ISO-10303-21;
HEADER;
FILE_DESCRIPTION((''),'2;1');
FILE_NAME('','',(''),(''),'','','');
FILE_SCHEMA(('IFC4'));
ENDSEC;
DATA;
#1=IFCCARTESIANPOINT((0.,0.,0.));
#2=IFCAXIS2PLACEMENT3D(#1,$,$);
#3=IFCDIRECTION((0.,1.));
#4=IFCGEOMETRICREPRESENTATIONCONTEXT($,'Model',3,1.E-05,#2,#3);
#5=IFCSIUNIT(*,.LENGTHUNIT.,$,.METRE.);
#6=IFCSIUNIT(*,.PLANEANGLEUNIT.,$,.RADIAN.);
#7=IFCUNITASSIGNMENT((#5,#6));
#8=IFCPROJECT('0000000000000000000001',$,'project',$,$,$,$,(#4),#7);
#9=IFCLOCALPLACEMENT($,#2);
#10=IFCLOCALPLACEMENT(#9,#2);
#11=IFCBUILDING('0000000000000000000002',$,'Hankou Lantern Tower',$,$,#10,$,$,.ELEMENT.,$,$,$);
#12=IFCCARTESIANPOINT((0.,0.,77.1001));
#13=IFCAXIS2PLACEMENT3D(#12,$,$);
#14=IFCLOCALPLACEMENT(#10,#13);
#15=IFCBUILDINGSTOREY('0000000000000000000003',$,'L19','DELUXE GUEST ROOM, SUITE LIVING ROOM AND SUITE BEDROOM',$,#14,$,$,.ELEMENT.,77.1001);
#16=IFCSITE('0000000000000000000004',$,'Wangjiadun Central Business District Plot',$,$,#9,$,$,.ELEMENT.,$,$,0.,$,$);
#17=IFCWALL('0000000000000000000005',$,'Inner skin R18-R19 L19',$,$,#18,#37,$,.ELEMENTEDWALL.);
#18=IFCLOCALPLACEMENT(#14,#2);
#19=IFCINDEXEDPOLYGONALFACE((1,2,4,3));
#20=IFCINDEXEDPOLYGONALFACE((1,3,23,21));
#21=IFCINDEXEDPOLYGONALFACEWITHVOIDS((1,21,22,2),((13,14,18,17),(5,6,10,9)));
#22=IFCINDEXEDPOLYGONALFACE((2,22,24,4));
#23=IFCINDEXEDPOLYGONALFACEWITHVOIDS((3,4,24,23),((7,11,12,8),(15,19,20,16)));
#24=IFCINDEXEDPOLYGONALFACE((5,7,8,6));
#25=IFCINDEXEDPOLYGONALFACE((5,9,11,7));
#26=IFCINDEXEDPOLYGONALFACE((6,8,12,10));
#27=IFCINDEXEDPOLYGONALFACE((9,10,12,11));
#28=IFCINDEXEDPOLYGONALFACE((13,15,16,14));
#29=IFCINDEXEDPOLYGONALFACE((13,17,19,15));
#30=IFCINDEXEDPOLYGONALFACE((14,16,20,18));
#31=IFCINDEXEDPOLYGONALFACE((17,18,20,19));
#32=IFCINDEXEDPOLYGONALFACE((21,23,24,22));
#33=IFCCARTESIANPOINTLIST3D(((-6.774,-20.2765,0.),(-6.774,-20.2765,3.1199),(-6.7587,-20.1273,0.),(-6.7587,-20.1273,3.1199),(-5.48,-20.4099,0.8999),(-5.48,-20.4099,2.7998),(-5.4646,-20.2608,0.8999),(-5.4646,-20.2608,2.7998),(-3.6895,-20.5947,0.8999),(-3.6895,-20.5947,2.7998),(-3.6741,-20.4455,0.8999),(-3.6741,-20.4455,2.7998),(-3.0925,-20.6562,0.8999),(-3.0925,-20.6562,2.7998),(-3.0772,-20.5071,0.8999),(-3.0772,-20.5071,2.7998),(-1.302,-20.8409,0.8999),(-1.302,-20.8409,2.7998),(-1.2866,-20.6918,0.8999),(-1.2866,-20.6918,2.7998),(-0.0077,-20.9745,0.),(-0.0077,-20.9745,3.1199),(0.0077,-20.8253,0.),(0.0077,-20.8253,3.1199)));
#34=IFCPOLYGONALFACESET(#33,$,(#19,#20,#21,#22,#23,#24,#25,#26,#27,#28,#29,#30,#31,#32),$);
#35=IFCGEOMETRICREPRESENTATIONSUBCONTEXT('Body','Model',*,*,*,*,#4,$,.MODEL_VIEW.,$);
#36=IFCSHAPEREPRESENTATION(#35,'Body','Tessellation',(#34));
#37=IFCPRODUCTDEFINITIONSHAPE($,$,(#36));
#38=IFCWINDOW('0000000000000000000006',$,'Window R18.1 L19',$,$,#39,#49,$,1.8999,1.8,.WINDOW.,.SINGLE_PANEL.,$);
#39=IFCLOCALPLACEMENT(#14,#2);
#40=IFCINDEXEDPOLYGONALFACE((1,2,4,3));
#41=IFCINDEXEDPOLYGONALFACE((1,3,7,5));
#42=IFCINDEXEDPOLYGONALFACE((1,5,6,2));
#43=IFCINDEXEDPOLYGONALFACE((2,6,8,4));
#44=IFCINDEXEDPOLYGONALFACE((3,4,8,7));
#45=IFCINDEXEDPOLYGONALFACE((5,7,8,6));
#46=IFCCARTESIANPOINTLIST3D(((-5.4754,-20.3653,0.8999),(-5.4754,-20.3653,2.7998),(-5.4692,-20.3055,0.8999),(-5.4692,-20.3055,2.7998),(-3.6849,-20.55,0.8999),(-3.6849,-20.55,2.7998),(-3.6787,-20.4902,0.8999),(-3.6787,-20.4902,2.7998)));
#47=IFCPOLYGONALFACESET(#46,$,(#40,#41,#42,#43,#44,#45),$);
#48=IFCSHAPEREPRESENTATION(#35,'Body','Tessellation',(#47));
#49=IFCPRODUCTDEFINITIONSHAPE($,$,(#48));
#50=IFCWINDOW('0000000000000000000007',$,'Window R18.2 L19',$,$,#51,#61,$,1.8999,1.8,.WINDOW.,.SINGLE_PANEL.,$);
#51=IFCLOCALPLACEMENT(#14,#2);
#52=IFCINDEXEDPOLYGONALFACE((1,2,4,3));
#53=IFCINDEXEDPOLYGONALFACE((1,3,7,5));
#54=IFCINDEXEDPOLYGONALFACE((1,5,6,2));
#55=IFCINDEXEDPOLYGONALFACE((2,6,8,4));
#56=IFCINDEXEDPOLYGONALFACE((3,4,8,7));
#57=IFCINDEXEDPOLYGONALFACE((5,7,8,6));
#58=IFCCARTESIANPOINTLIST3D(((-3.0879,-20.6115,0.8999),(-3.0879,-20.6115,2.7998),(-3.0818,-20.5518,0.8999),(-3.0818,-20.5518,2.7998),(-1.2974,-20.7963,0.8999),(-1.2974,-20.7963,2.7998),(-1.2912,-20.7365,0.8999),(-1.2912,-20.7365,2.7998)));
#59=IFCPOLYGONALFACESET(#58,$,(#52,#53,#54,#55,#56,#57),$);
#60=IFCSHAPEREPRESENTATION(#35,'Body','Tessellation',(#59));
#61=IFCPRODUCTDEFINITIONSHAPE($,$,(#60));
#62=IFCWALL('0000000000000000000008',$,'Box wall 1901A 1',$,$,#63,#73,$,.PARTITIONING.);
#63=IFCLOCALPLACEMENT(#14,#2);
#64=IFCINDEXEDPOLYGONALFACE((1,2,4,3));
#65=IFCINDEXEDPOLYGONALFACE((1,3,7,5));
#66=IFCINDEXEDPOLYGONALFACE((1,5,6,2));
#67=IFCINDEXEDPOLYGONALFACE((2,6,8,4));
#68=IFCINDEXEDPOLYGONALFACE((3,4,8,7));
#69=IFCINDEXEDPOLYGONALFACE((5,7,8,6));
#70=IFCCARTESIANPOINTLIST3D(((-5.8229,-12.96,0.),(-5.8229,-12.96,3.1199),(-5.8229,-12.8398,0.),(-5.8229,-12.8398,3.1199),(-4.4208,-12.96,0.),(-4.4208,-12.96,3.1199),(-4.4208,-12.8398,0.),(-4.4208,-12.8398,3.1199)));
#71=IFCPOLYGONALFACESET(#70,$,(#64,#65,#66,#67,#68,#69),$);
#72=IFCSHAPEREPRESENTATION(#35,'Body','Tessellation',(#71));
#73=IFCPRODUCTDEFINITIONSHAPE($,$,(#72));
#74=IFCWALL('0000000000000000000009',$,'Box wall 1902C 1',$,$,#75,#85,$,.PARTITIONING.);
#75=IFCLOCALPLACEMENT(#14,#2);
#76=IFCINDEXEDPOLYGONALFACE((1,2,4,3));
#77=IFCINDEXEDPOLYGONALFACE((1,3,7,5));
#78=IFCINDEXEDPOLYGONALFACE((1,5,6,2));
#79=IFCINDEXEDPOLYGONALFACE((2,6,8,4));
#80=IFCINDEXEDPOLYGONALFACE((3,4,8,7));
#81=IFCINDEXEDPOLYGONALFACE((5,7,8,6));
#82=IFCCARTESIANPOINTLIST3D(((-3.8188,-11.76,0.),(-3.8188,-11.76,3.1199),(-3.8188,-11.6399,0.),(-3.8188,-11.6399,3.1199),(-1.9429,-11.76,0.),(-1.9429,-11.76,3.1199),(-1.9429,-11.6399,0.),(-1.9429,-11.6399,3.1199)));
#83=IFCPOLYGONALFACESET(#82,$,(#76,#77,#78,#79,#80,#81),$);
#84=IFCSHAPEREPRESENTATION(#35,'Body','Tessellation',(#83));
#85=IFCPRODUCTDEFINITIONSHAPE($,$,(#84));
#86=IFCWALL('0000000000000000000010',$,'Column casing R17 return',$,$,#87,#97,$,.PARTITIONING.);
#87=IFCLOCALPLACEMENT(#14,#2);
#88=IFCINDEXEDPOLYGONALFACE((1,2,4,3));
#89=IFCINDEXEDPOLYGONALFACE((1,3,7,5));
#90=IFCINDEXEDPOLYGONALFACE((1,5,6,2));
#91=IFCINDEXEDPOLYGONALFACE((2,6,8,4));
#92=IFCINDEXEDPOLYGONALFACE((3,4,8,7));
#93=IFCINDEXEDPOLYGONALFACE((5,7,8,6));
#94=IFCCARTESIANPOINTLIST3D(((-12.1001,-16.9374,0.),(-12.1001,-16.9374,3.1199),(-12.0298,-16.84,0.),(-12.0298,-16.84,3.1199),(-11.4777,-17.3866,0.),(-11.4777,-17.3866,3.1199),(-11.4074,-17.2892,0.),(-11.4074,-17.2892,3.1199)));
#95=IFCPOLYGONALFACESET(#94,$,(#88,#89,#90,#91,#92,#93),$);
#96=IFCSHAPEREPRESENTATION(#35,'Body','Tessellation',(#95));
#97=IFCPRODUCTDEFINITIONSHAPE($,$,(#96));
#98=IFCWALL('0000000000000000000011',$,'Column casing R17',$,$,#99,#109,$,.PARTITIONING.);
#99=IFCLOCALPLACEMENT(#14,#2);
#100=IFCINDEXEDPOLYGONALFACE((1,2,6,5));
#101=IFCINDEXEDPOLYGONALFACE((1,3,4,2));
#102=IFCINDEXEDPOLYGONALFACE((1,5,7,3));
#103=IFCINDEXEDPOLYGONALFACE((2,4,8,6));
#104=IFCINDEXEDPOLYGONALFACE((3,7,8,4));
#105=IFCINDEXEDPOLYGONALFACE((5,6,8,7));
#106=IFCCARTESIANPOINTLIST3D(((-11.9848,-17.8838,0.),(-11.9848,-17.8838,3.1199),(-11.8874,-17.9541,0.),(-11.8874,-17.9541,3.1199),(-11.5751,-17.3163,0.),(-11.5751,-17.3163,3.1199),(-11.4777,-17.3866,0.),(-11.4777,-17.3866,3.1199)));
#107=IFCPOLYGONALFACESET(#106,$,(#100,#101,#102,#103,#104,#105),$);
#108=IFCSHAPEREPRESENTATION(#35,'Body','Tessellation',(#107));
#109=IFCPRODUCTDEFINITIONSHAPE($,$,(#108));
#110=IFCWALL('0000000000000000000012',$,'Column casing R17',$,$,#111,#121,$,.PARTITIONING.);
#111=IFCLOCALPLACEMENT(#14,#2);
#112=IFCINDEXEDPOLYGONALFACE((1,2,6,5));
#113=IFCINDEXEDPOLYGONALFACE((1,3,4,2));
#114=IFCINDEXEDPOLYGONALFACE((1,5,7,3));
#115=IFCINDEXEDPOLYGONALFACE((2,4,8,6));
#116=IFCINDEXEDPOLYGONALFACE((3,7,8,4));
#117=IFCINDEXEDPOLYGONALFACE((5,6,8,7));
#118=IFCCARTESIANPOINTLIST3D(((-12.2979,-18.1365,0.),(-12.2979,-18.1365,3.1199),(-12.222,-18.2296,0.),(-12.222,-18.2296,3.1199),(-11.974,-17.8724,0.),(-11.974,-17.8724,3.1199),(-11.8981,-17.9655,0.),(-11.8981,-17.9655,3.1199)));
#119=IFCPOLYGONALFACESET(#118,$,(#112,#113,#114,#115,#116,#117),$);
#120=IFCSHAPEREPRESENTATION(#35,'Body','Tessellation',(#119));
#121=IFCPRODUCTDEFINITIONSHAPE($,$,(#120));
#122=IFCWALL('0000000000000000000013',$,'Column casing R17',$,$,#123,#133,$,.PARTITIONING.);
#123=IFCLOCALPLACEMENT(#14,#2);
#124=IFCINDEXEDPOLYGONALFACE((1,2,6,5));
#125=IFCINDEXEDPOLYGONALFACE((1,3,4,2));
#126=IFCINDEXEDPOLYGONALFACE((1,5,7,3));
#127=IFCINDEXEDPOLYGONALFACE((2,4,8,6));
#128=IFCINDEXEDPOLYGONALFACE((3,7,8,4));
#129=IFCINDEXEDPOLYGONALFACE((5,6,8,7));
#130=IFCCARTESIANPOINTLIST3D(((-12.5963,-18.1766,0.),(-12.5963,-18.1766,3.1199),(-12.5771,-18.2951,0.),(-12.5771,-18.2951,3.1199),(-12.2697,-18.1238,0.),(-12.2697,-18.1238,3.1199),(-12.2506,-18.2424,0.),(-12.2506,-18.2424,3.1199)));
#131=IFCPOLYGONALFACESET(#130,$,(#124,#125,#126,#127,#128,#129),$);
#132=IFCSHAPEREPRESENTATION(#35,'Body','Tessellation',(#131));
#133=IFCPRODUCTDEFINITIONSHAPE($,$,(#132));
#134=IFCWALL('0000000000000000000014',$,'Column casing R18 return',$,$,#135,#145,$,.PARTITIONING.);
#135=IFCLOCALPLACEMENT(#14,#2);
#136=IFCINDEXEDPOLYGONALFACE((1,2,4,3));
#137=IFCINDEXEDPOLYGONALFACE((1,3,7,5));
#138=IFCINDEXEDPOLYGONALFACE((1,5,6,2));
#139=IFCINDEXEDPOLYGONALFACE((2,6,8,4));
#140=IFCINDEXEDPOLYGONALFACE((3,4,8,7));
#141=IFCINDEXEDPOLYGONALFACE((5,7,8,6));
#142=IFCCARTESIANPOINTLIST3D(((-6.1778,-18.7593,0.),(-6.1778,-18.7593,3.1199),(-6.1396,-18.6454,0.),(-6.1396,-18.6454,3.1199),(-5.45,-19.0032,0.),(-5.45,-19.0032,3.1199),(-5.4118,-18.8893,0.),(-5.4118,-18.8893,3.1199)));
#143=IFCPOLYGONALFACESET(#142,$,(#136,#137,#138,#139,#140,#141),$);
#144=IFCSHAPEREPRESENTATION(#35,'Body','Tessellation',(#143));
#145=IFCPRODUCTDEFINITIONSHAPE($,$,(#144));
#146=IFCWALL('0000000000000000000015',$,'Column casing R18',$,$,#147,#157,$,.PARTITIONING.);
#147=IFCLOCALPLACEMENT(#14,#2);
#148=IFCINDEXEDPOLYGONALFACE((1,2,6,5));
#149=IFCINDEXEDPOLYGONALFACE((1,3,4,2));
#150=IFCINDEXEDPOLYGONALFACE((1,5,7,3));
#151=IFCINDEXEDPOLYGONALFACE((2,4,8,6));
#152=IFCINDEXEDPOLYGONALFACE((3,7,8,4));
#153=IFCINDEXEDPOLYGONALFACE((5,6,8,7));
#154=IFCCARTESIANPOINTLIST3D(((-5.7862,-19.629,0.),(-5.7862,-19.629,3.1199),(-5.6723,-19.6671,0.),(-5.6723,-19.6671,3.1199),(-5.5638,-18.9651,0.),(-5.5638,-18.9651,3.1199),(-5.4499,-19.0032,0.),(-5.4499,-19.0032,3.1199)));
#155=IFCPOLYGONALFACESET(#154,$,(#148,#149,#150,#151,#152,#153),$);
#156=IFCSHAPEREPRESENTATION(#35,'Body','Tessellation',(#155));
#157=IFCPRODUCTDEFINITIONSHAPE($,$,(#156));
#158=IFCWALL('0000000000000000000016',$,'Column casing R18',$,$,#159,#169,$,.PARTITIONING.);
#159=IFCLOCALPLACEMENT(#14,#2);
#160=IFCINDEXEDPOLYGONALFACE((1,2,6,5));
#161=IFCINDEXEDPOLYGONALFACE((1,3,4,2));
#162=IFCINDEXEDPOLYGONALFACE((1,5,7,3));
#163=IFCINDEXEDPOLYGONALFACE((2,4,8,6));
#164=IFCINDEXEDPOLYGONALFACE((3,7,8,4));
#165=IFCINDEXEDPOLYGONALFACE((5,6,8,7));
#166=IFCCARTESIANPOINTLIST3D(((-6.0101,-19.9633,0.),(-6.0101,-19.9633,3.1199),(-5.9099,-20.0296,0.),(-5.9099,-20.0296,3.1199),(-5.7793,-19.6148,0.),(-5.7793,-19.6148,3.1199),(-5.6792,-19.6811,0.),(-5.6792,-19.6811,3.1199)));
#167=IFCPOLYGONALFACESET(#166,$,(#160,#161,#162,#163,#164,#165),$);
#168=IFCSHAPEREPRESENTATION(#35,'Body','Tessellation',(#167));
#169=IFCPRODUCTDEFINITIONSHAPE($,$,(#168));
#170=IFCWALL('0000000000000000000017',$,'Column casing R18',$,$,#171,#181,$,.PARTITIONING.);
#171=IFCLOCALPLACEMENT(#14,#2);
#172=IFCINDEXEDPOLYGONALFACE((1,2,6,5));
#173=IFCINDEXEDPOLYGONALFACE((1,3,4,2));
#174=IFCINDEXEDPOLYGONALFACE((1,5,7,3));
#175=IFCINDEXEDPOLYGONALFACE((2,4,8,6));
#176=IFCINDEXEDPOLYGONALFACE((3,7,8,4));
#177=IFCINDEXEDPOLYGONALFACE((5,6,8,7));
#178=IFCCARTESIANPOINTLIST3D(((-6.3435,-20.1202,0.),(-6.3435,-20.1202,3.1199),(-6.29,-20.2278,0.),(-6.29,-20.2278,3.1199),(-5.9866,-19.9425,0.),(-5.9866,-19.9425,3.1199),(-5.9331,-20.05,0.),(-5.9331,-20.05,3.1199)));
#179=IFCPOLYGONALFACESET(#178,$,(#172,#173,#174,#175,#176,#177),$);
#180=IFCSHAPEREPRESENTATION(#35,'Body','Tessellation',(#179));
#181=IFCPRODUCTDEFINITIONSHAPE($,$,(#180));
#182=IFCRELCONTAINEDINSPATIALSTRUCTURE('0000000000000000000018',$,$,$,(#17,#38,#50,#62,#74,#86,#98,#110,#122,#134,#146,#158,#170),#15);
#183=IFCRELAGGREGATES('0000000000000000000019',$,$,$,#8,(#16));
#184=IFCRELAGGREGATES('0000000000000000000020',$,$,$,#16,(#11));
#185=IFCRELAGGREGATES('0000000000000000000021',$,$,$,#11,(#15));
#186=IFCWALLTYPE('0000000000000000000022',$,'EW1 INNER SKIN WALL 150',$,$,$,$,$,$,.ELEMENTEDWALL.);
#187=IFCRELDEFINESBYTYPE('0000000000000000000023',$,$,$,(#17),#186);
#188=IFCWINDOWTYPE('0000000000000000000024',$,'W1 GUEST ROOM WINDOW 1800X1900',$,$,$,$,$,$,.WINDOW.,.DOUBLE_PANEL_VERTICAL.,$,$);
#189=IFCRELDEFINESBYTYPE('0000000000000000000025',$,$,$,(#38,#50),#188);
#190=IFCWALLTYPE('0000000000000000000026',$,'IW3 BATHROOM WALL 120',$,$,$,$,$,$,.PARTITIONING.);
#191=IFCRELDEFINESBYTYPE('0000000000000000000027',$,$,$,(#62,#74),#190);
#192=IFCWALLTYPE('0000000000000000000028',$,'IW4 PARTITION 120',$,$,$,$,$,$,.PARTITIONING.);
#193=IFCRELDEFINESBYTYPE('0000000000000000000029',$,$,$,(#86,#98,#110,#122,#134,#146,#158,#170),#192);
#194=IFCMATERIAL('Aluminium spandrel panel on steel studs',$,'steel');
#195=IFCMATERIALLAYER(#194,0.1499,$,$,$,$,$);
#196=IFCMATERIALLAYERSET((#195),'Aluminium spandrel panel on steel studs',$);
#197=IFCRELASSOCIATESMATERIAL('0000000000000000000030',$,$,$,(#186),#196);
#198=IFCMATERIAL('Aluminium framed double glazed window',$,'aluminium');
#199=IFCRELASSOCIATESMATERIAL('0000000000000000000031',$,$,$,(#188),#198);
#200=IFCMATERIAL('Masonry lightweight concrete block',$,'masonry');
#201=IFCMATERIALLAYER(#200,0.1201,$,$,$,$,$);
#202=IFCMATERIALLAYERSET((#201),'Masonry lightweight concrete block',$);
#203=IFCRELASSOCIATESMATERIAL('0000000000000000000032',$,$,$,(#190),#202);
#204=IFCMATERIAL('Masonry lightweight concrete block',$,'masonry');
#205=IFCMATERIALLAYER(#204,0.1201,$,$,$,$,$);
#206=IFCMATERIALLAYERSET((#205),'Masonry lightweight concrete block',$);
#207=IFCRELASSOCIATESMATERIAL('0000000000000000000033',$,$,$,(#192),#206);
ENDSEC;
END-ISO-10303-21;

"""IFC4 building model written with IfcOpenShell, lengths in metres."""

from ifc_helpers import new_model, si_unit, direction, frame, frame_2d, origin, place, context, subcontext, project, spatial, rectangle, extrude, material, layer, layer_set, type_object, element, fill, save


model = new_model("IFC4")

# Units and contexts
model_context = context("Model", 3, precision=1e-05, world=origin(), true_north=direction((0.0, 1.0)))
body_context = subcontext(model_context, "Body", "Model", "MODEL_VIEW")
ifc_project = project(units=[si_unit("LENGTHUNIT", "METRE"), si_unit("PLANEANGLEUNIT", "RADIAN")], contexts=[model_context])

# Site, building, storey
site_placement = place(None, origin())
site = spatial("IfcSite", under=ifc_project, at=site_placement, Name="Wangjiadun Central Business District Plot", CompositionType="ELEMENT", RefElevation=0.0)
building_placement = place(site_placement, origin())
building = spatial("IfcBuilding", under=site, at=building_placement, Name="Hankou Lantern Tower", CompositionType="ELEMENT")
storey_placement = place(building_placement, frame((0.0, 0.0, 77.1001)))
storey = spatial("IfcBuildingStorey", under=building, at=storey_placement, Name="L19", Description="DELUXE GUEST ROOM, SUITE LIVING ROOM AND SUITE BEDROOM", CompositionType="ELEMENT", Elevation=77.1001)

# Wall, openings, windows
ifc_material_1 = material(Name="Aluminium spandrel panel on steel studs", Category="steel")
ifc_layer_1 = layer(ifc_material_1, 0.1499)
ifc_layer_set_1 = layer_set([ifc_layer_1], Name="Aluminium spandrel panel on steel studs")
wall_type_1 = type_object("IfcWallType", Name="EW1 INNER SKIN WALL 150", PredefinedType="ELEMENTEDWALL", material=ifc_layer_set_1)
ifc_material_2 = material(Name="Aluminium framed double glazed window", Category="aluminium")
window_type = type_object("IfcWindowType", Name="W1 GUEST ROOM WINDOW 1800X1900", PartitioningType="DOUBLE_PANEL_VERTICAL", PredefinedType="WINDOW", material=ifc_material_2)
wall_1_placement = place(storey_placement, frame((-6.7664, -20.2019, 0.0), z_axis=(0.0, 0.0, 1.0), x_axis=(0.994721, -0.102613, 0.0)))
wall_1 = element("IfcWall", 1, at=wall_1_placement, inside=storey, type_object=wall_type_1, Name="Inner skin R18-R19 L19", PredefinedType="ELEMENTEDWALL", context=body_context, shape_type="SweptSolid", body=[
    extrude(rectangle(XDim=6.8022, YDim=0.1499, at=frame_2d((3.4011, 0.0))), origin(), (0.0, 0.0, 1.0), 3.1199),
])
opening_1_placement = place(wall_1_placement, frame((1.301, 0.0, 0.8999)))
opening_1 = element("IfcOpeningElement", 2, at=opening_1_placement, cuts=wall_1, PredefinedType="OPENING", context=body_context, shape_type="SweptSolid", body=[
    extrude(rectangle(XDim=1.8, YDim=1.8999, at=frame_2d((0.8999, 0.95))), frame((0.0, 0.085, 0.0), z_axis=(0.0, -1.0, 0.0), x_axis=(1.0, 0.0, 0.0)), (0.0, 0.0, 1.0), 0.1699),
])
opening_2_placement = place(wall_1_placement, frame((3.7012, 0.0, 0.8999)))
opening_2 = element("IfcOpeningElement", 3, at=opening_2_placement, cuts=wall_1, PredefinedType="OPENING", context=body_context, shape_type="SweptSolid", body=[
    extrude(rectangle(XDim=1.8, YDim=1.8999, at=frame_2d((0.8999, 0.95))), frame((0.0, 0.085, 0.0), z_axis=(0.0, -1.0, 0.0), x_axis=(1.0, 0.0, 0.0)), (0.0, 0.0, 1.0), 0.1699),
])
window_1_placement = place(opening_1_placement, origin())
window_1 = element("IfcWindow", 4, at=window_1_placement, inside=storey, type_object=window_type, Name="Window R18.1 L19", OverallHeight=1.8999, OverallWidth=1.8, PartitioningType="SINGLE_PANEL", PredefinedType="WINDOW", context=body_context, shape_type="SweptSolid", body=[
    extrude(rectangle(XDim=1.8, YDim=1.8999, at=frame_2d((0.8999, 0.95))), frame((0.0, 0.03, 0.0), z_axis=(0.0, -1.0, 0.0), x_axis=(1.0, 0.0, 0.0)), (0.0, 0.0, 1.0), 0.0601),
])
fill(opening_1, window_1)
window_2_placement = place(opening_2_placement, origin())
window_2 = element("IfcWindow", 5, at=window_2_placement, inside=storey, type_object=window_type, Name="Window R18.2 L19", OverallHeight=1.8999, OverallWidth=1.8, PartitioningType="SINGLE_PANEL", PredefinedType="WINDOW", context=body_context, shape_type="SweptSolid", body=[
    extrude(rectangle(XDim=1.8, YDim=1.8999, at=frame_2d((0.8999, 0.95))), frame((0.0, 0.03, 0.0), z_axis=(0.0, -1.0, 0.0), x_axis=(1.0, 0.0, 0.0)), (0.0, 0.0, 1.0), 0.0601),
])
fill(opening_2, window_2)

# Walls
ifc_material_3 = material(Name="Masonry lightweight concrete block", Category="masonry")
ifc_layer_2 = layer(ifc_material_3, 0.1201)
ifc_layer_set_2 = layer_set([ifc_layer_2], Name="Masonry lightweight concrete block")
wall_type_2 = type_object("IfcWallType", Name="IW3 BATHROOM WALL 120", PredefinedType="PARTITIONING", material=ifc_layer_set_2)
wall_2_placement = place(storey_placement, frame((-4.4207, -12.8999, 0.0), z_axis=(0.0, 0.0, 1.0), x_axis=(-1.0, 0.0, 0.0)))
element("IfcWall", 6, at=wall_2_placement, inside=storey, type_object=wall_type_2, Name="Box wall 1901A 1", PredefinedType="PARTITIONING", context=body_context, shape_type="SweptSolid", body=[
    extrude(rectangle(XDim=1.4021, YDim=0.1201, at=frame_2d((0.7012, 0.0))), origin(), (0.0, 0.0, 1.0), 3.1199),
])
wall_3_placement = place(storey_placement, frame((-3.8188, -11.7, 0.0), z_axis=(0.0, 0.0, 1.0), x_axis=(1.0, 0.0, 0.0)))
element("IfcWall", 7, at=wall_3_placement, inside=storey, type_object=wall_type_2, Name="Box wall 1902C 1", PredefinedType="PARTITIONING", context=body_context, shape_type="SweptSolid", body=[
    extrude(rectangle(XDim=1.876, YDim=0.1201, at=frame_2d((0.938, 0.0))), origin(), (0.0, 0.0, 1.0), 3.1199),
])
ifc_material_4 = material(Name="Masonry lightweight concrete block", Category="masonry")
ifc_layer_3 = layer(ifc_material_4, 0.1201)
ifc_layer_set_3 = layer_set([ifc_layer_3], Name="Masonry lightweight concrete block")
wall_type_3 = type_object("IfcWallType", Name="IW4 PARTITION 120", PredefinedType="PARTITIONING", material=ifc_layer_set_3)
wall_4_placement = place(storey_placement, frame((-12.0649, -16.8887, 0.0), z_axis=(0.0, 0.0, 1.0), x_axis=(0.810822, -0.585293, 0.0)))
element("IfcWall", 8, at=wall_4_placement, inside=storey, type_object=wall_type_3, Name="Column casing R17 return", PredefinedType="PARTITIONING", context=body_context, shape_type="SweptSolid", body=[
    extrude(rectangle(XDim=0.7676, YDim=0.1201, at=frame_2d((0.3838, 0.0))), origin(), (0.0, 0.0, 1.0), 3.1199),
])
wall_5_placement = place(storey_placement, frame((-11.5264, -17.3513, 0.0), z_axis=(0.0, 0.0, 1.0), x_axis=(-0.585223, -0.810872, 0.0)))
element("IfcWall", 9, at=wall_5_placement, inside=storey, type_object=wall_type_3, Name="Column casing R17", PredefinedType="PARTITIONING", context=body_context, shape_type="SweptSolid", body=[
    extrude(rectangle(XDim=0.7, YDim=0.1201, at=frame_2d((0.3501, 0.0))), origin(), (0.0, 0.0, 1.0), 3.1199),
])
wall_6_placement = place(storey_placement, frame((-11.936, -17.9189, 0.0), z_axis=(0.0, 0.0, 1.0), x_axis=(-0.775023, -0.631933, 0.0)))
element("IfcWall", 10, at=wall_6_placement, inside=storey, type_object=wall_type_3, Name="Column casing R17", PredefinedType="PARTITIONING", context=body_context, shape_type="SweptSolid", body=[
    extrude(rectangle(XDim=0.418, YDim=0.1201, at=frame_2d((0.209, 0.0))), origin(), (0.0, 0.0, 1.0), 3.1199),
])
wall_7_placement = place(storey_placement, frame((-12.26, -18.1831, 0.0), z_axis=(0.0, 0.0, 1.0), x_axis=(-0.987219, -0.159372, 0.0)))
element("IfcWall", 11, at=wall_7_placement, inside=storey, type_object=wall_type_3, Name="Column casing R17", PredefinedType="PARTITIONING", context=body_context, shape_type="SweptSolid", body=[
    extrude(rectangle(XDim=0.3308, YDim=0.1201, at=frame_2d((0.1655, 0.0))), origin(), (0.0, 0.0, 1.0), 3.1199),
])
wall_8_placement = place(storey_placement, frame((-6.1587, -18.7024, 0.0), z_axis=(0.0, 0.0, 1.0), x_axis=(0.948173, -0.317754, 0.0)))
element("IfcWall", 12, at=wall_8_placement, inside=storey, type_object=wall_type_3, Name="Column casing R18 return", PredefinedType="PARTITIONING", context=body_context, shape_type="SweptSolid", body=[
    extrude(rectangle(XDim=0.7676, YDim=0.1201, at=frame_2d((0.3838, 0.0))), origin(), (0.0, 0.0, 1.0), 3.1199),
])
wall_9_placement = place(storey_placement, frame((-5.5068, -18.9841, 0.0), z_axis=(0.0, 0.0, 1.0), x_axis=(-0.317692, -0.948194, 0.0)))
element("IfcWall", 13, at=wall_9_placement, inside=storey, type_object=wall_type_3, Name="Column casing R18", PredefinedType="PARTITIONING", context=body_context, shape_type="SweptSolid", body=[
    extrude(rectangle(XDim=0.7002, YDim=0.1201, at=frame_2d((0.3501, 0.0))), origin(), (0.0, 0.0, 1.0), 3.1199),
])
wall_10_placement = place(storey_placement, frame((-5.7292, -19.6479, 0.0), z_axis=(0.0, 0.0, 1.0), x_axis=(-0.552136, -0.833754, 0.0)))
element("IfcWall", 14, at=wall_10_placement, inside=storey, type_object=wall_type_3, Name="Column casing R18", PredefinedType="PARTITIONING", context=body_context, shape_type="SweptSolid", body=[
    extrude(rectangle(XDim=0.418, YDim=0.1201, at=frame_2d((0.209, 0.0))), origin(), (0.0, 0.0, 1.0), 3.1199),
])
wall_11_placement = place(storey_placement, frame((-5.96, -19.9963, 0.0), z_axis=(0.0, 0.0, 1.0), x_axis=(-0.895161, -0.445744, 0.0)))
element("IfcWall", 15, at=wall_11_placement, inside=storey, type_object=wall_type_3, Name="Column casing R18", PredefinedType="PARTITIONING", context=body_context, shape_type="SweptSolid", body=[
    extrude(rectangle(XDim=0.3987, YDim=0.1201, at=frame_2d((0.1992, 0.0))), origin(), (0.0, 0.0, 1.0), 3.1199),
])

save(model, "model.ifc")
